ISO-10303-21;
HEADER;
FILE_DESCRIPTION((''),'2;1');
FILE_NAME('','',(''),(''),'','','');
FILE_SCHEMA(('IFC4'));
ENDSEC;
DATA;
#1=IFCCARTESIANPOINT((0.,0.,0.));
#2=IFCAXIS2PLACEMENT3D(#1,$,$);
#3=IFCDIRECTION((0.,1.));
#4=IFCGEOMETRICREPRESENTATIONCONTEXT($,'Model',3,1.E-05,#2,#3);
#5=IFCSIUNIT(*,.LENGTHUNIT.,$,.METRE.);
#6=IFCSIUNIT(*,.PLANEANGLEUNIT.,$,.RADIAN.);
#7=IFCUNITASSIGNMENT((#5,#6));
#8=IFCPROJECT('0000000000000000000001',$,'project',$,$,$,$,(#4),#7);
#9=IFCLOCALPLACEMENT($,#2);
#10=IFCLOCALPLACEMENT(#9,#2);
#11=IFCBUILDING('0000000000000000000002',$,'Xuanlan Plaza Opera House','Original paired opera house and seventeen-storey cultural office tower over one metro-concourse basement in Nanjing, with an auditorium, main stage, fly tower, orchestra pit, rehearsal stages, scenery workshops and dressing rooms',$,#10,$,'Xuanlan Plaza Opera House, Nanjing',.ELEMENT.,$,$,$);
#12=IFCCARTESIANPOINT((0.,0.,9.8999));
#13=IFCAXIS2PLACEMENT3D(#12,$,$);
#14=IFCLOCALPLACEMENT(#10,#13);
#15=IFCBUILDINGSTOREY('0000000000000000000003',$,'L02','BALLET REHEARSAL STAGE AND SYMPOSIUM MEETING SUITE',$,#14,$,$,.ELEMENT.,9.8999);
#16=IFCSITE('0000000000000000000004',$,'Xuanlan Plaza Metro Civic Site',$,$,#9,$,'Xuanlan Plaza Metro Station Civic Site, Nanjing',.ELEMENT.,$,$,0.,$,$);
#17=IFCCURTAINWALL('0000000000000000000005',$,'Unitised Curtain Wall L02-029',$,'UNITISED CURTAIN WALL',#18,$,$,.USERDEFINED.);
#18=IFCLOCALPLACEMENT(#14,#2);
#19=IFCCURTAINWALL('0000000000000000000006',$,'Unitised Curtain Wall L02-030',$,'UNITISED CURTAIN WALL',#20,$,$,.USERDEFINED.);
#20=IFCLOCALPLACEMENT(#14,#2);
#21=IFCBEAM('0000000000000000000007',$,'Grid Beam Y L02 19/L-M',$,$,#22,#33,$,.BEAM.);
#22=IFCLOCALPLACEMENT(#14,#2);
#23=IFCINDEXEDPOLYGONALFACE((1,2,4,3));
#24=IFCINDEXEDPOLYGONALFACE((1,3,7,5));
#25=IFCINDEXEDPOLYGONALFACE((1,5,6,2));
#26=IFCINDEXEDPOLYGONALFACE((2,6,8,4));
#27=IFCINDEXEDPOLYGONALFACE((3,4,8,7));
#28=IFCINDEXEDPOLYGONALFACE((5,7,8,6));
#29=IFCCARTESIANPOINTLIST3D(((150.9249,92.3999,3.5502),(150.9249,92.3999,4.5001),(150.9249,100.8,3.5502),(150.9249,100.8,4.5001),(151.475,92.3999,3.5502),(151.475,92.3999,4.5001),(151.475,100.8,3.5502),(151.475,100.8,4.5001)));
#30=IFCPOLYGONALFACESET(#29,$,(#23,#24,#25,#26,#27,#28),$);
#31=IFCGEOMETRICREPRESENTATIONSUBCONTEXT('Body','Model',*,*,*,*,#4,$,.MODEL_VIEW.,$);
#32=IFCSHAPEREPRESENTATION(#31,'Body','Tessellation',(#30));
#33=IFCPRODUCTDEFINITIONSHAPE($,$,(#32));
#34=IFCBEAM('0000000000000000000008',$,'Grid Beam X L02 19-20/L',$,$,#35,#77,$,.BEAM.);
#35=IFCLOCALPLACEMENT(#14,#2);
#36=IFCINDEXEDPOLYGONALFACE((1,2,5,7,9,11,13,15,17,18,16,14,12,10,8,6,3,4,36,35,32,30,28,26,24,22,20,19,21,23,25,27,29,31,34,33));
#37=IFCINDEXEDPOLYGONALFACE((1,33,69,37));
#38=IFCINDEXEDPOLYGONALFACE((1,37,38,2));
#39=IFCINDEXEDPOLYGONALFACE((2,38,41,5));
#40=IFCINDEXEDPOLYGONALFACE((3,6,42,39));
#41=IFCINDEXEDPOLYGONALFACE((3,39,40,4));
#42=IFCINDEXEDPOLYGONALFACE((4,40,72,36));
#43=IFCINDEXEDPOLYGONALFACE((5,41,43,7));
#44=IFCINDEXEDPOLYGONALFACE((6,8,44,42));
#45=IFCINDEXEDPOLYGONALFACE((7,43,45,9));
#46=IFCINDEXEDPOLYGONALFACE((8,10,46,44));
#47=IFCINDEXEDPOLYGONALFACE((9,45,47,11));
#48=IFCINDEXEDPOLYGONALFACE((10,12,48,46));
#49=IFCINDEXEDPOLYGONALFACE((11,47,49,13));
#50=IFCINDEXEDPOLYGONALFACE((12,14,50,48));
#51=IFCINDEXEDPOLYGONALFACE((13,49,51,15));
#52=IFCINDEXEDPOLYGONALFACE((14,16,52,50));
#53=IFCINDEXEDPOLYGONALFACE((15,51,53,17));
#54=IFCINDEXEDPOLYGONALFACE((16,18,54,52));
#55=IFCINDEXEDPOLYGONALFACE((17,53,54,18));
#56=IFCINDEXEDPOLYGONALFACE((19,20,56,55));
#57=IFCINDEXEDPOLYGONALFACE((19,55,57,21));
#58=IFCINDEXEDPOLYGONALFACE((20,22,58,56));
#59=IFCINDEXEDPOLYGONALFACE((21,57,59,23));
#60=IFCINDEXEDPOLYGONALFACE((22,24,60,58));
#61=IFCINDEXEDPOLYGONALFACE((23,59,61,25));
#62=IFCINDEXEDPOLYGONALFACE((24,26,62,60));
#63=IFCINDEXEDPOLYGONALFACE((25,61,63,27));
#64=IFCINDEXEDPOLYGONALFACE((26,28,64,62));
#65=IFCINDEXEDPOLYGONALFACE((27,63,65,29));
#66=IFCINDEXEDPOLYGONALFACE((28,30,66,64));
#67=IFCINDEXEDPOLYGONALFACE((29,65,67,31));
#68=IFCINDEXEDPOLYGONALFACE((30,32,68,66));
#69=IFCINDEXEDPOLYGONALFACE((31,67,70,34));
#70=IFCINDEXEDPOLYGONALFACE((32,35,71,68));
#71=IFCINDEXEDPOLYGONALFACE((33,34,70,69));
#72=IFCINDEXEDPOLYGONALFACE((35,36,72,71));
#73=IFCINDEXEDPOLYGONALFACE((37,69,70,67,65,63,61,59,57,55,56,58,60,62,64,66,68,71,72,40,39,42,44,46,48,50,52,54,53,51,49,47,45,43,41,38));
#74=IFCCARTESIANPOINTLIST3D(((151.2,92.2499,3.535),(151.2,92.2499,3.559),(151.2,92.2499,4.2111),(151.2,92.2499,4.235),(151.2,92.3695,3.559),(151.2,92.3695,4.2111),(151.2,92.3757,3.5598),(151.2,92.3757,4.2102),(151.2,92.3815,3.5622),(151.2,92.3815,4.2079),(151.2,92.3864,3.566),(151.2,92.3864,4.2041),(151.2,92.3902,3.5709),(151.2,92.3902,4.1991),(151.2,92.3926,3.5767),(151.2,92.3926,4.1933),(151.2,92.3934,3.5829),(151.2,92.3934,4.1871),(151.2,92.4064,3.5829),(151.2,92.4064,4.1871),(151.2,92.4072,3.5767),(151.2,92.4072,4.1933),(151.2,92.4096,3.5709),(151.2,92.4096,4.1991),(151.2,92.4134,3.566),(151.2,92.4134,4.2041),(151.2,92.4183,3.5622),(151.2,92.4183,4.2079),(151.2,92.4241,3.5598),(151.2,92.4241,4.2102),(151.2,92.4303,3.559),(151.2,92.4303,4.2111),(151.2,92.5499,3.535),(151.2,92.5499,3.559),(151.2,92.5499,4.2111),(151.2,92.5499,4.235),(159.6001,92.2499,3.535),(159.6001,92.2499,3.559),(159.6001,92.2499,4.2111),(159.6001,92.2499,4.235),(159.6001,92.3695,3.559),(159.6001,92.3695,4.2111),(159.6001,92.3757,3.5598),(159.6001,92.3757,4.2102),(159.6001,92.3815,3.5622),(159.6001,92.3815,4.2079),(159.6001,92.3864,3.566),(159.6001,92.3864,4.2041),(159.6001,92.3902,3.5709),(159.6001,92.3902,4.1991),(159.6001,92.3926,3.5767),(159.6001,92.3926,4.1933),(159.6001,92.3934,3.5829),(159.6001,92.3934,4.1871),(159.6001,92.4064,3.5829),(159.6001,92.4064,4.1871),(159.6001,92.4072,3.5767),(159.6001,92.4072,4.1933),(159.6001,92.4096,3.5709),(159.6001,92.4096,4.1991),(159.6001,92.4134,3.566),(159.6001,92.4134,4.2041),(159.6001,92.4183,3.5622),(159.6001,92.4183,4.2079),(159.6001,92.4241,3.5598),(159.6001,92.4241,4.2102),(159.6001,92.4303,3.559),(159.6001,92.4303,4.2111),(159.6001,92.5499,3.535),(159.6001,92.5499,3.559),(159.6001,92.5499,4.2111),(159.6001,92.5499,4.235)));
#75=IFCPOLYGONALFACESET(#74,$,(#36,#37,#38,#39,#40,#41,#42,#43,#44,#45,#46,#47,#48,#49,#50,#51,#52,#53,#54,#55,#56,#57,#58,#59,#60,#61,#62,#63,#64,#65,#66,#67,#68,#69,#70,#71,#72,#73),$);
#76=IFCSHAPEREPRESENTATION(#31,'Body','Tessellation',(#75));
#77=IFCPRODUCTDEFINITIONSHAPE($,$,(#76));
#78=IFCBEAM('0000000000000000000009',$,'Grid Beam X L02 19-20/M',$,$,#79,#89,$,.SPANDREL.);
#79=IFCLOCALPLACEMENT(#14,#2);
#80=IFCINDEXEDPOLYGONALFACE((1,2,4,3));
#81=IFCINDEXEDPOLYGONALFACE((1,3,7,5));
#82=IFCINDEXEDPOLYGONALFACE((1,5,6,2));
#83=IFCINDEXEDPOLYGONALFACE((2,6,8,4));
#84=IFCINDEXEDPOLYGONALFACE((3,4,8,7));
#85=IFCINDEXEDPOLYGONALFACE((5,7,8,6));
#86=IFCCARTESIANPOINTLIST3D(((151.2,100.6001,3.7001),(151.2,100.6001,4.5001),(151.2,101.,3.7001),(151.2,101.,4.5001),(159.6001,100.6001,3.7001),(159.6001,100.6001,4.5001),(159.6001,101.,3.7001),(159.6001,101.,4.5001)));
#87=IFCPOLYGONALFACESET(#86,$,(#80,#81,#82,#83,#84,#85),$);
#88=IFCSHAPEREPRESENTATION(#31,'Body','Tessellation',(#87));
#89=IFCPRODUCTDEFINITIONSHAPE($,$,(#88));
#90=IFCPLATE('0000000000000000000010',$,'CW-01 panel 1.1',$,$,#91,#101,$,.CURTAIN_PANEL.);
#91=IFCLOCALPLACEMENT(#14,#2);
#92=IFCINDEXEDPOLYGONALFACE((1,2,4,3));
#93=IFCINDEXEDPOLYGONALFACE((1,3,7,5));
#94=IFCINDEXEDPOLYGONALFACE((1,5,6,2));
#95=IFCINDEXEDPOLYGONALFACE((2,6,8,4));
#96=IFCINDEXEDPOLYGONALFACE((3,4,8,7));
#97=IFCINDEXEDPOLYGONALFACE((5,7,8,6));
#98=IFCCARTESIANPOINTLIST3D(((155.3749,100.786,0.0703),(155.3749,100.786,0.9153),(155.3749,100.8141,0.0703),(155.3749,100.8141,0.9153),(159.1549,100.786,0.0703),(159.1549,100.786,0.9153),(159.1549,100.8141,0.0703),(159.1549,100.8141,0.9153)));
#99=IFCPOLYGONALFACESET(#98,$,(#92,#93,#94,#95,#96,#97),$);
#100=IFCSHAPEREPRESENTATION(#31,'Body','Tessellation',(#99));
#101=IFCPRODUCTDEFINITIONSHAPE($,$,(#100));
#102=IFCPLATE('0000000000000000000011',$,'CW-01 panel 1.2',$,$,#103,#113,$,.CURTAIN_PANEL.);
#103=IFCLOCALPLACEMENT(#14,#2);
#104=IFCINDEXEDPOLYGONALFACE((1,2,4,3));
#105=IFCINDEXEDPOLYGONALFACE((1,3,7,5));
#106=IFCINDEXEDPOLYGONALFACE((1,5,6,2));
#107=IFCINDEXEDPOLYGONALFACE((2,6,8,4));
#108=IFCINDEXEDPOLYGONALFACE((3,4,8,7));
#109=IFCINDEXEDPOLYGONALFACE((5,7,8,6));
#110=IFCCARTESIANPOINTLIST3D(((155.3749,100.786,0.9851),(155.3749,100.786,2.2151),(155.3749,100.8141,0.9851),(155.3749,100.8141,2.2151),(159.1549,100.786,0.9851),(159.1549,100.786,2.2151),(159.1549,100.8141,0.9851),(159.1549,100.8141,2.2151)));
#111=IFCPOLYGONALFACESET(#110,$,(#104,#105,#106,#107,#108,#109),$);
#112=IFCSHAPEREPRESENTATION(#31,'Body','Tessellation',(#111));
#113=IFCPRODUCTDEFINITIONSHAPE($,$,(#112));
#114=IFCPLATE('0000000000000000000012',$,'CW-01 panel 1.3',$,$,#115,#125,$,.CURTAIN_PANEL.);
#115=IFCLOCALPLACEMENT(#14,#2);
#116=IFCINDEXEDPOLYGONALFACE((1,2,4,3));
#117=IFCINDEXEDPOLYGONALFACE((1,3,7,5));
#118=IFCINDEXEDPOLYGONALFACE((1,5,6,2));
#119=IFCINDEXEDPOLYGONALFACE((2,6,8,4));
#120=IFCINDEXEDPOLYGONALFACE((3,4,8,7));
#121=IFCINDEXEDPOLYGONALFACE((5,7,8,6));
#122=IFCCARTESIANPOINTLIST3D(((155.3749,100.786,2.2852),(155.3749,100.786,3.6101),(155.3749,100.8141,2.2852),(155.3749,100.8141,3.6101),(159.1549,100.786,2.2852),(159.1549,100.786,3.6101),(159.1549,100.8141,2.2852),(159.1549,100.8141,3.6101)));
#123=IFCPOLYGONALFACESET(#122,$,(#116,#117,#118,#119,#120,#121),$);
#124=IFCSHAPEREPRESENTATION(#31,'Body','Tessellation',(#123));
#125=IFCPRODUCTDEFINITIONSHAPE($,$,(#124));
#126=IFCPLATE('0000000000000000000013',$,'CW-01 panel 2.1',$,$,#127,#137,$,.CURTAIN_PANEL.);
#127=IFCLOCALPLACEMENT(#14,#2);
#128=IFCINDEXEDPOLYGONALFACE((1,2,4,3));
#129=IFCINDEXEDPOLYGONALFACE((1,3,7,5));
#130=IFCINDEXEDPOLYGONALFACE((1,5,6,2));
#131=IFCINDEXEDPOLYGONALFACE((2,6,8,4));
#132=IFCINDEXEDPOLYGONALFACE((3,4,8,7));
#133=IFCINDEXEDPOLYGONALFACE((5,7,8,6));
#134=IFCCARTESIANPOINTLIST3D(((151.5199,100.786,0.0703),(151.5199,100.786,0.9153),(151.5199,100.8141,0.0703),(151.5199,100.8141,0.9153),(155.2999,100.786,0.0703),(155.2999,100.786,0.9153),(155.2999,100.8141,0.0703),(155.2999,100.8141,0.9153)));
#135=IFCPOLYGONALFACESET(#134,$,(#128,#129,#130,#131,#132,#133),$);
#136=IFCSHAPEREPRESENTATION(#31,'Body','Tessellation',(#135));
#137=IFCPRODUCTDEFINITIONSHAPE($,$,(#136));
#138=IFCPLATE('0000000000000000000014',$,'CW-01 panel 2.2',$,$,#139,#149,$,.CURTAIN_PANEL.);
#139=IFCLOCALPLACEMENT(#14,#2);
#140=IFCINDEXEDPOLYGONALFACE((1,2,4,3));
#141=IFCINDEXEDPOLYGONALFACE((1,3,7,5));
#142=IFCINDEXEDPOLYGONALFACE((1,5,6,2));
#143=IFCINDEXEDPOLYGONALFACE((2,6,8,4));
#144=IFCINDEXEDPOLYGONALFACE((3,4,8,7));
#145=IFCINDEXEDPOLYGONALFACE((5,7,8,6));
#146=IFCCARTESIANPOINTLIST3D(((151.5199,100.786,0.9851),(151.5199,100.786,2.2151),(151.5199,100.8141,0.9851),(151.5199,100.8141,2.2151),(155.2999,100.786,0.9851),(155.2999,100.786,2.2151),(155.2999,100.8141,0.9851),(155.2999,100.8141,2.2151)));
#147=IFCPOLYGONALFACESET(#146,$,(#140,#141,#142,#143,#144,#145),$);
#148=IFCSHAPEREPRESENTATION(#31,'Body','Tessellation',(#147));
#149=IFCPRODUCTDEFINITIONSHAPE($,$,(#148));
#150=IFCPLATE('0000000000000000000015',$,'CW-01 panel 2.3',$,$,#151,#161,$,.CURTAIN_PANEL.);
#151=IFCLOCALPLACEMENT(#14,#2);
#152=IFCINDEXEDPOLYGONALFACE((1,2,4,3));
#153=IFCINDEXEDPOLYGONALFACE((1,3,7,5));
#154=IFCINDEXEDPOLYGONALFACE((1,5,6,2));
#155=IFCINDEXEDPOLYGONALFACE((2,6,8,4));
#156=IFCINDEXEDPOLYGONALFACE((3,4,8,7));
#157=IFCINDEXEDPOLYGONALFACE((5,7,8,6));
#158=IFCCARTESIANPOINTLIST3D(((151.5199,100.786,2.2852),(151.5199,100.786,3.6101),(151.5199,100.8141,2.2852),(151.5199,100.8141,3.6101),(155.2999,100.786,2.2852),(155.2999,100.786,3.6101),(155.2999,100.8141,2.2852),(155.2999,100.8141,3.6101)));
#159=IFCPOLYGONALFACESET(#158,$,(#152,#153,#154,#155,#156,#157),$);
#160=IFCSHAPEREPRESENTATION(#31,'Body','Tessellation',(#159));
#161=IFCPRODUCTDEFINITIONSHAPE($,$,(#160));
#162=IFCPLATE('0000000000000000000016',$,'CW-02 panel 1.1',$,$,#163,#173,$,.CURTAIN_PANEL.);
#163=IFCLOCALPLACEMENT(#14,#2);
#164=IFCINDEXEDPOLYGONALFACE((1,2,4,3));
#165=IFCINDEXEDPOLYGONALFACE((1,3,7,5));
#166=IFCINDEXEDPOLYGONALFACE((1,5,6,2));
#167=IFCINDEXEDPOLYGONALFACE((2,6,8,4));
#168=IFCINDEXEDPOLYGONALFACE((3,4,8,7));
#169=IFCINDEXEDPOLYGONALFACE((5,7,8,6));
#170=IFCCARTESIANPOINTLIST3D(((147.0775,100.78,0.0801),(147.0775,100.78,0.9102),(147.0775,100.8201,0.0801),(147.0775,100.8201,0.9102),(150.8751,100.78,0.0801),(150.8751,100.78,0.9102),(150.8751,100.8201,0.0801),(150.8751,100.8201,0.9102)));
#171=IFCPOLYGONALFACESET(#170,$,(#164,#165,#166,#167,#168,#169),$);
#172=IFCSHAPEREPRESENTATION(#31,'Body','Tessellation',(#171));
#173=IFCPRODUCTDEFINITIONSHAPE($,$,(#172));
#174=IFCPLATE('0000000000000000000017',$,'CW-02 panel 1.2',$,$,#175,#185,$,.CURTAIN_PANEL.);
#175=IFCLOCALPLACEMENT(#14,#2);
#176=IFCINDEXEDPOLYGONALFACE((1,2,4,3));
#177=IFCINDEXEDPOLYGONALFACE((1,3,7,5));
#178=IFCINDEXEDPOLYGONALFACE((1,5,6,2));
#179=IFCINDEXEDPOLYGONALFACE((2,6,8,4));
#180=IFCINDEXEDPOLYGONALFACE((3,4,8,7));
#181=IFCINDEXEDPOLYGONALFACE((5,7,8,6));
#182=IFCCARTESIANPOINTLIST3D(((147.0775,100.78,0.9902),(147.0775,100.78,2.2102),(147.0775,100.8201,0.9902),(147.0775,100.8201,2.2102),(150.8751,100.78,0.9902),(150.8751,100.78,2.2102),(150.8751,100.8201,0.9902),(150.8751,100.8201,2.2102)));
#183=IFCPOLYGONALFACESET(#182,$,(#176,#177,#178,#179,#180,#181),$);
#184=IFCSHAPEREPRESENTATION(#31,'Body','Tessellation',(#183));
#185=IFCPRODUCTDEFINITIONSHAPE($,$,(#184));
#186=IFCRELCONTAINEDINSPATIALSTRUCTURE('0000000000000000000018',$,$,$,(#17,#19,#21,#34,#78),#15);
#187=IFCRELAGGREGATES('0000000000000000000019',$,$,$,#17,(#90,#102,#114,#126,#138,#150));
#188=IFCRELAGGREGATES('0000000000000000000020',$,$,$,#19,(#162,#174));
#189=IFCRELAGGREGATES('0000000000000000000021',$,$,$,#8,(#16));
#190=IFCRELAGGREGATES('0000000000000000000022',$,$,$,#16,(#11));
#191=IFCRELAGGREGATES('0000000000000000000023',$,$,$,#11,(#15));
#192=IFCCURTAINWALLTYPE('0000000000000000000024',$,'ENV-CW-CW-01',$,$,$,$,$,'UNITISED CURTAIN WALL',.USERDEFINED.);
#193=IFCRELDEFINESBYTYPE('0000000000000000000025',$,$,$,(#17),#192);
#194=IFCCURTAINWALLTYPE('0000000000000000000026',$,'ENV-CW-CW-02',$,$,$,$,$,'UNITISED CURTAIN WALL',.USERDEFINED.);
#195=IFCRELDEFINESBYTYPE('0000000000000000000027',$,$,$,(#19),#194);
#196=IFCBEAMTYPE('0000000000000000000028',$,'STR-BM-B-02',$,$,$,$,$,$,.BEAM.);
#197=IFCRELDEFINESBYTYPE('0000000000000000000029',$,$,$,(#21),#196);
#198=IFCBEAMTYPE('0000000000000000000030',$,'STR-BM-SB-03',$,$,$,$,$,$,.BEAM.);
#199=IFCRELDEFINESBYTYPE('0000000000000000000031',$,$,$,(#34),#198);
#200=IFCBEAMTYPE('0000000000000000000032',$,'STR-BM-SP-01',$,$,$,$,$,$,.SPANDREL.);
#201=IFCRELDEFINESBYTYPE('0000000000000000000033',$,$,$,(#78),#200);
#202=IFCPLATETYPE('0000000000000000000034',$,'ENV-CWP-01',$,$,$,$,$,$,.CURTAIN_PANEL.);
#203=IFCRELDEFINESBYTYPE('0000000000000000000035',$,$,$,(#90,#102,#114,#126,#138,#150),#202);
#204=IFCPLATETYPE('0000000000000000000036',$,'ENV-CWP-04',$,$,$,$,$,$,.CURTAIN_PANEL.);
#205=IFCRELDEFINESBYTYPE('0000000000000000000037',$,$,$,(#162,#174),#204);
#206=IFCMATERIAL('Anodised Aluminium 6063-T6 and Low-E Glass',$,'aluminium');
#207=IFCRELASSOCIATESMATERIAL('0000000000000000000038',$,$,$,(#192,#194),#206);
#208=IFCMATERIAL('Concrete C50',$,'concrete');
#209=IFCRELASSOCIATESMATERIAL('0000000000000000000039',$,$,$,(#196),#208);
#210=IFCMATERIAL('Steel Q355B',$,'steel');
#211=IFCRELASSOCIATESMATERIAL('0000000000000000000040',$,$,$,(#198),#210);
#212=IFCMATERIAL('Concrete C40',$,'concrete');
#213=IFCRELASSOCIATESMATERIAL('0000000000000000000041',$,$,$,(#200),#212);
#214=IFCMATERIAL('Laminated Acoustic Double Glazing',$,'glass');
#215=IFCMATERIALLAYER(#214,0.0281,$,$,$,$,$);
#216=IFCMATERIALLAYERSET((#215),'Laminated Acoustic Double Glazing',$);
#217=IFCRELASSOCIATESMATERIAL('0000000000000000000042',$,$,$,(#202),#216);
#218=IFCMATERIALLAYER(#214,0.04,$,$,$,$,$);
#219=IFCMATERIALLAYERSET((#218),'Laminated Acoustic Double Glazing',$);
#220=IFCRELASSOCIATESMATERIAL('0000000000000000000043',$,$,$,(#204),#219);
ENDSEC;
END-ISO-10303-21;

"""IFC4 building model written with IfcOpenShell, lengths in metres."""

from ifc_helpers import new_model, si_unit, direction, frame, origin, origin_2d, place, context, subcontext, project, spatial, rectangle, i_section, extrude, material, layer, layer_set, material_profile, profile_set, type_object, element, aggregate, save


model = new_model("IFC4")

# Units and contexts
model_context = context("Model", 3, precision=1e-05, world=origin(), true_north=direction((0.0, 1.0)))
body_context = subcontext(model_context, "Body", "Model", "MODEL_VIEW")
ifc_project = project(units=[si_unit("LENGTHUNIT", "METRE"), si_unit("PLANEANGLEUNIT", "RADIAN")], contexts=[model_context])

# Site, building, storey
site_placement = place(None, origin())
site = spatial("IfcSite", under=ifc_project, at=site_placement, Name="Xuanlan Plaza Metro Civic Site", LongName="Xuanlan Plaza Metro Station Civic Site, Nanjing", CompositionType="ELEMENT", RefElevation=0.0)
building_placement = place(site_placement, origin())
building = spatial("IfcBuilding", under=site, at=building_placement, Name="Xuanlan Plaza Opera House", Description="Original paired opera house and seventeen-storey cultural office tower over one metro-concourse basement in Nanjing, with an auditorium, main stage, fly tower, orchestra pit, rehearsal stages, scenery workshops and dressing rooms", LongName="Xuanlan Plaza Opera House, Nanjing", CompositionType="ELEMENT")
storey_placement = place(building_placement, frame((0.0, 0.0, 9.8999)))
storey = spatial("IfcBuildingStorey", under=building, at=storey_placement, Name="L02", Description="BALLET REHEARSAL STAGE AND SYMPOSIUM MEETING SUITE", CompositionType="ELEMENT", Elevation=9.8999)

# Shared definitions
ifc_material_1 = material(Name="Concrete C40", Category="concrete")

# Curtain wall
ifc_material_2 = material(Name="Anodised Aluminium 6063-T6 and Low-E Glass", Category="aluminium")
curtain_wall_type_1 = type_object("IfcCurtainWallType", Name="ENV-CW-CW-01", ElementType="UNITISED CURTAIN WALL", PredefinedType="USERDEFINED", material=ifc_material_2)
curtain_wall_1_placement = place(storey_placement, origin())
curtain_wall_1 = element("IfcCurtainWall", 1, at=curtain_wall_1_placement, inside=storey, type_object=curtain_wall_type_1, Name="Unitised Curtain Wall L02-029", ObjectType="UNITISED CURTAIN WALL", PredefinedType="USERDEFINED")

# Curtain wall
curtain_wall_type_2 = type_object("IfcCurtainWallType", Name="ENV-CW-CW-02", ElementType="UNITISED CURTAIN WALL", PredefinedType="USERDEFINED", material=ifc_material_2)
curtain_wall_2_placement = place(storey_placement, origin())
curtain_wall_2 = element("IfcCurtainWall", 2, at=curtain_wall_2_placement, inside=storey, type_object=curtain_wall_type_2, Name="Unitised Curtain Wall L02-030", ObjectType="UNITISED CURTAIN WALL", PredefinedType="USERDEFINED")

# Beams
ifc_material_3 = material(Name="Concrete C50", Category="concrete")
ifc_material_profile_1 = material_profile(ifc_material_3, rectangle(XDim=0.55, YDim=0.95, at=origin_2d()), Name="RC-BM 550x950")
ifc_profile_set_1 = profile_set([ifc_material_profile_1], Name="Concrete C50")
beam_type_1 = type_object("IfcBeamType", Name="STR-BM-B-02", PredefinedType="BEAM", material=ifc_profile_set_1)
beam_1_placement = place(storey_placement, frame((151.2, 92.3999, 4.0251), z_axis=(0.0, 1.0, 0.0), x_axis=(-1.0, 0.0, 0.0)))
element("IfcBeam", 3, at=beam_1_placement, inside=storey, type_object=beam_type_1, Name="Grid Beam Y L02 19/L-M", PredefinedType="BEAM", context=body_context, shape_type="SweptSolid", body=[
    extrude(rectangle(XDim=0.55, YDim=0.95, at=origin_2d()), origin(), (0.0, 0.0, 1.0), 8.4001),
])
ifc_material_4 = material(Name="Steel Q355B", Category="steel")
ifc_material_profile_2 = material_profile(ifc_material_4, i_section(OverallWidth=0.3, OverallDepth=0.7, WebThickness=0.0129, FlangeThickness=0.0239, FilletRadius=0.0239, at=origin_2d()), Name="HN 700x300x13x24")
ifc_profile_set_2 = profile_set([ifc_material_profile_2], Name="Steel Q355B")
beam_type_2 = type_object("IfcBeamType", Name="STR-BM-SB-03", PredefinedType="BEAM", material=ifc_profile_set_2)
beam_2_placement = place(storey_placement, frame((151.2, 92.3999, 3.885), z_axis=(1.0, 0.0, 0.0), x_axis=(0.0, 1.0, 0.0)))
element("IfcBeam", 4, at=beam_2_placement, inside=storey, type_object=beam_type_2, Name="Grid Beam X L02 19-20/L", PredefinedType="BEAM", context=body_context, shape_type="SweptSolid", body=[
    extrude(i_section(OverallWidth=0.3, OverallDepth=0.7, WebThickness=0.0129, FlangeThickness=0.0239, FilletRadius=0.0239, at=origin_2d()), origin(), (0.0, 0.0, 1.0), 8.4001),
])
ifc_material_profile_3 = material_profile(ifc_material_1, rectangle(XDim=0.3999, YDim=0.8, at=origin_2d()), Name="RC-SPD 400x800")
ifc_profile_set_3 = profile_set([ifc_material_profile_3], Name="Concrete C40")
beam_type_3 = type_object("IfcBeamType", Name="STR-BM-SP-01", PredefinedType="SPANDREL", material=ifc_profile_set_3)
beam_3_placement = place(storey_placement, frame((151.2, 100.8, 4.1001), z_axis=(1.0, 0.0, 0.0), x_axis=(0.0, 1.0, 0.0)))
element("IfcBeam", 5, at=beam_3_placement, inside=storey, type_object=beam_type_3, Name="Grid Beam X L02 19-20/M", PredefinedType="SPANDREL", context=body_context, shape_type="SweptSolid", body=[
    extrude(rectangle(XDim=0.3999, YDim=0.8, at=origin_2d()), origin(), (0.0, 0.0, 1.0), 8.4001),
])

# Plates
ifc_material_5 = material(Name="Laminated Acoustic Double Glazing", Category="glass")
ifc_layer_1 = layer(ifc_material_5, 0.0281)
ifc_layer_set_1 = layer_set([ifc_layer_1], Name="Laminated Acoustic Double Glazing")
plate_type_1 = type_object("IfcPlateType", Name="ENV-CWP-01", PredefinedType="CURTAIN_PANEL", material=ifc_layer_set_1)
plate_1_placement = place(storey_placement, frame((157.2649, 100.8, 0.0703), z_axis=(0.0, 0.0, 1.0), x_axis=(-1.0, 0.0, 0.0)))
plate_1 = element("IfcPlate", 6, at=plate_1_placement, type_object=plate_type_1, Name="CW-01 panel 1.1", PredefinedType="CURTAIN_PANEL", context=body_context, shape_type="SweptSolid", body=[
    extrude(rectangle(XDim=3.78, YDim=0.0281, at=origin_2d()), origin(), (0.0, 0.0, 1.0), 0.845),
])
plate_2_placement = place(storey_placement, frame((157.2649, 100.8, 0.9851), z_axis=(0.0, 0.0, 1.0), x_axis=(-1.0, 0.0, 0.0)))
plate_2 = element("IfcPlate", 7, at=plate_2_placement, type_object=plate_type_1, Name="CW-01 panel 1.2", PredefinedType="CURTAIN_PANEL", context=body_context, shape_type="SweptSolid", body=[
    extrude(rectangle(XDim=3.78, YDim=0.0281, at=origin_2d()), origin(), (0.0, 0.0, 1.0), 1.23),
])
plate_3_placement = place(storey_placement, frame((157.2649, 100.8, 2.2852), z_axis=(0.0, 0.0, 1.0), x_axis=(-1.0, 0.0, 0.0)))
plate_3 = element("IfcPlate", 8, at=plate_3_placement, type_object=plate_type_1, Name="CW-01 panel 1.3", PredefinedType="CURTAIN_PANEL", context=body_context, shape_type="SweptSolid", body=[
    extrude(rectangle(XDim=3.78, YDim=0.0281, at=origin_2d()), origin(), (0.0, 0.0, 1.0), 1.325),
])
plate_4_placement = place(storey_placement, frame((153.4099, 100.8, 0.0703), z_axis=(0.0, 0.0, 1.0), x_axis=(-1.0, 0.0, 0.0)))
plate_4 = element("IfcPlate", 9, at=plate_4_placement, type_object=plate_type_1, Name="CW-01 panel 2.1", PredefinedType="CURTAIN_PANEL", context=body_context, shape_type="SweptSolid", body=[
    extrude(rectangle(XDim=3.78, YDim=0.0281, at=origin_2d()), origin(), (0.0, 0.0, 1.0), 0.845),
])
plate_5_placement = place(storey_placement, frame((153.4099, 100.8, 0.9851), z_axis=(0.0, 0.0, 1.0), x_axis=(-1.0, 0.0, 0.0)))
plate_5 = element("IfcPlate", 10, at=plate_5_placement, type_object=plate_type_1, Name="CW-01 panel 2.2", PredefinedType="CURTAIN_PANEL", context=body_context, shape_type="SweptSolid", body=[
    extrude(rectangle(XDim=3.78, YDim=0.0281, at=origin_2d()), origin(), (0.0, 0.0, 1.0), 1.23),
])
plate_6_placement = place(storey_placement, frame((153.4099, 100.8, 2.2852), z_axis=(0.0, 0.0, 1.0), x_axis=(-1.0, 0.0, 0.0)))
plate_6 = element("IfcPlate", 11, at=plate_6_placement, type_object=plate_type_1, Name="CW-01 panel 2.3", PredefinedType="CURTAIN_PANEL", context=body_context, shape_type="SweptSolid", body=[
    extrude(rectangle(XDim=3.78, YDim=0.0281, at=origin_2d()), origin(), (0.0, 0.0, 1.0), 1.325),
])
aggregate(curtain_wall_1, [plate_1, plate_2, plate_3, plate_4, plate_5, plate_6])
ifc_layer_2 = layer(ifc_material_5, 0.04)
ifc_layer_set_2 = layer_set([ifc_layer_2], Name="Laminated Acoustic Double Glazing")
plate_type_2 = type_object("IfcPlateType", Name="ENV-CWP-04", PredefinedType="CURTAIN_PANEL", material=ifc_layer_set_2)
plate_7_placement = place(storey_placement, frame((148.9763, 100.8, 0.0801), z_axis=(0.0, 0.0, 1.0), x_axis=(-1.0, 0.0, 0.0)))
plate_7 = element("IfcPlate", 12, at=plate_7_placement, type_object=plate_type_2, Name="CW-02 panel 1.1", PredefinedType="CURTAIN_PANEL", context=body_context, shape_type="SweptSolid", body=[
    extrude(rectangle(XDim=3.7976, YDim=0.04, at=origin_2d()), origin(), (0.0, 0.0, 1.0), 0.8301),
])
plate_8_placement = place(storey_placement, frame((148.9763, 100.8, 0.9902), z_axis=(0.0, 0.0, 1.0), x_axis=(-1.0, 0.0, 0.0)))
plate_8 = element("IfcPlate", 13, at=plate_8_placement, type_object=plate_type_2, Name="CW-02 panel 1.2", PredefinedType="CURTAIN_PANEL", context=body_context, shape_type="SweptSolid", body=[
    extrude(rectangle(XDim=3.7976, YDim=0.04, at=origin_2d()), origin(), (0.0, 0.0, 1.0), 1.22),
])
aggregate(curtain_wall_2, [plate_7, plate_8])

save(model, "model.ifc")
